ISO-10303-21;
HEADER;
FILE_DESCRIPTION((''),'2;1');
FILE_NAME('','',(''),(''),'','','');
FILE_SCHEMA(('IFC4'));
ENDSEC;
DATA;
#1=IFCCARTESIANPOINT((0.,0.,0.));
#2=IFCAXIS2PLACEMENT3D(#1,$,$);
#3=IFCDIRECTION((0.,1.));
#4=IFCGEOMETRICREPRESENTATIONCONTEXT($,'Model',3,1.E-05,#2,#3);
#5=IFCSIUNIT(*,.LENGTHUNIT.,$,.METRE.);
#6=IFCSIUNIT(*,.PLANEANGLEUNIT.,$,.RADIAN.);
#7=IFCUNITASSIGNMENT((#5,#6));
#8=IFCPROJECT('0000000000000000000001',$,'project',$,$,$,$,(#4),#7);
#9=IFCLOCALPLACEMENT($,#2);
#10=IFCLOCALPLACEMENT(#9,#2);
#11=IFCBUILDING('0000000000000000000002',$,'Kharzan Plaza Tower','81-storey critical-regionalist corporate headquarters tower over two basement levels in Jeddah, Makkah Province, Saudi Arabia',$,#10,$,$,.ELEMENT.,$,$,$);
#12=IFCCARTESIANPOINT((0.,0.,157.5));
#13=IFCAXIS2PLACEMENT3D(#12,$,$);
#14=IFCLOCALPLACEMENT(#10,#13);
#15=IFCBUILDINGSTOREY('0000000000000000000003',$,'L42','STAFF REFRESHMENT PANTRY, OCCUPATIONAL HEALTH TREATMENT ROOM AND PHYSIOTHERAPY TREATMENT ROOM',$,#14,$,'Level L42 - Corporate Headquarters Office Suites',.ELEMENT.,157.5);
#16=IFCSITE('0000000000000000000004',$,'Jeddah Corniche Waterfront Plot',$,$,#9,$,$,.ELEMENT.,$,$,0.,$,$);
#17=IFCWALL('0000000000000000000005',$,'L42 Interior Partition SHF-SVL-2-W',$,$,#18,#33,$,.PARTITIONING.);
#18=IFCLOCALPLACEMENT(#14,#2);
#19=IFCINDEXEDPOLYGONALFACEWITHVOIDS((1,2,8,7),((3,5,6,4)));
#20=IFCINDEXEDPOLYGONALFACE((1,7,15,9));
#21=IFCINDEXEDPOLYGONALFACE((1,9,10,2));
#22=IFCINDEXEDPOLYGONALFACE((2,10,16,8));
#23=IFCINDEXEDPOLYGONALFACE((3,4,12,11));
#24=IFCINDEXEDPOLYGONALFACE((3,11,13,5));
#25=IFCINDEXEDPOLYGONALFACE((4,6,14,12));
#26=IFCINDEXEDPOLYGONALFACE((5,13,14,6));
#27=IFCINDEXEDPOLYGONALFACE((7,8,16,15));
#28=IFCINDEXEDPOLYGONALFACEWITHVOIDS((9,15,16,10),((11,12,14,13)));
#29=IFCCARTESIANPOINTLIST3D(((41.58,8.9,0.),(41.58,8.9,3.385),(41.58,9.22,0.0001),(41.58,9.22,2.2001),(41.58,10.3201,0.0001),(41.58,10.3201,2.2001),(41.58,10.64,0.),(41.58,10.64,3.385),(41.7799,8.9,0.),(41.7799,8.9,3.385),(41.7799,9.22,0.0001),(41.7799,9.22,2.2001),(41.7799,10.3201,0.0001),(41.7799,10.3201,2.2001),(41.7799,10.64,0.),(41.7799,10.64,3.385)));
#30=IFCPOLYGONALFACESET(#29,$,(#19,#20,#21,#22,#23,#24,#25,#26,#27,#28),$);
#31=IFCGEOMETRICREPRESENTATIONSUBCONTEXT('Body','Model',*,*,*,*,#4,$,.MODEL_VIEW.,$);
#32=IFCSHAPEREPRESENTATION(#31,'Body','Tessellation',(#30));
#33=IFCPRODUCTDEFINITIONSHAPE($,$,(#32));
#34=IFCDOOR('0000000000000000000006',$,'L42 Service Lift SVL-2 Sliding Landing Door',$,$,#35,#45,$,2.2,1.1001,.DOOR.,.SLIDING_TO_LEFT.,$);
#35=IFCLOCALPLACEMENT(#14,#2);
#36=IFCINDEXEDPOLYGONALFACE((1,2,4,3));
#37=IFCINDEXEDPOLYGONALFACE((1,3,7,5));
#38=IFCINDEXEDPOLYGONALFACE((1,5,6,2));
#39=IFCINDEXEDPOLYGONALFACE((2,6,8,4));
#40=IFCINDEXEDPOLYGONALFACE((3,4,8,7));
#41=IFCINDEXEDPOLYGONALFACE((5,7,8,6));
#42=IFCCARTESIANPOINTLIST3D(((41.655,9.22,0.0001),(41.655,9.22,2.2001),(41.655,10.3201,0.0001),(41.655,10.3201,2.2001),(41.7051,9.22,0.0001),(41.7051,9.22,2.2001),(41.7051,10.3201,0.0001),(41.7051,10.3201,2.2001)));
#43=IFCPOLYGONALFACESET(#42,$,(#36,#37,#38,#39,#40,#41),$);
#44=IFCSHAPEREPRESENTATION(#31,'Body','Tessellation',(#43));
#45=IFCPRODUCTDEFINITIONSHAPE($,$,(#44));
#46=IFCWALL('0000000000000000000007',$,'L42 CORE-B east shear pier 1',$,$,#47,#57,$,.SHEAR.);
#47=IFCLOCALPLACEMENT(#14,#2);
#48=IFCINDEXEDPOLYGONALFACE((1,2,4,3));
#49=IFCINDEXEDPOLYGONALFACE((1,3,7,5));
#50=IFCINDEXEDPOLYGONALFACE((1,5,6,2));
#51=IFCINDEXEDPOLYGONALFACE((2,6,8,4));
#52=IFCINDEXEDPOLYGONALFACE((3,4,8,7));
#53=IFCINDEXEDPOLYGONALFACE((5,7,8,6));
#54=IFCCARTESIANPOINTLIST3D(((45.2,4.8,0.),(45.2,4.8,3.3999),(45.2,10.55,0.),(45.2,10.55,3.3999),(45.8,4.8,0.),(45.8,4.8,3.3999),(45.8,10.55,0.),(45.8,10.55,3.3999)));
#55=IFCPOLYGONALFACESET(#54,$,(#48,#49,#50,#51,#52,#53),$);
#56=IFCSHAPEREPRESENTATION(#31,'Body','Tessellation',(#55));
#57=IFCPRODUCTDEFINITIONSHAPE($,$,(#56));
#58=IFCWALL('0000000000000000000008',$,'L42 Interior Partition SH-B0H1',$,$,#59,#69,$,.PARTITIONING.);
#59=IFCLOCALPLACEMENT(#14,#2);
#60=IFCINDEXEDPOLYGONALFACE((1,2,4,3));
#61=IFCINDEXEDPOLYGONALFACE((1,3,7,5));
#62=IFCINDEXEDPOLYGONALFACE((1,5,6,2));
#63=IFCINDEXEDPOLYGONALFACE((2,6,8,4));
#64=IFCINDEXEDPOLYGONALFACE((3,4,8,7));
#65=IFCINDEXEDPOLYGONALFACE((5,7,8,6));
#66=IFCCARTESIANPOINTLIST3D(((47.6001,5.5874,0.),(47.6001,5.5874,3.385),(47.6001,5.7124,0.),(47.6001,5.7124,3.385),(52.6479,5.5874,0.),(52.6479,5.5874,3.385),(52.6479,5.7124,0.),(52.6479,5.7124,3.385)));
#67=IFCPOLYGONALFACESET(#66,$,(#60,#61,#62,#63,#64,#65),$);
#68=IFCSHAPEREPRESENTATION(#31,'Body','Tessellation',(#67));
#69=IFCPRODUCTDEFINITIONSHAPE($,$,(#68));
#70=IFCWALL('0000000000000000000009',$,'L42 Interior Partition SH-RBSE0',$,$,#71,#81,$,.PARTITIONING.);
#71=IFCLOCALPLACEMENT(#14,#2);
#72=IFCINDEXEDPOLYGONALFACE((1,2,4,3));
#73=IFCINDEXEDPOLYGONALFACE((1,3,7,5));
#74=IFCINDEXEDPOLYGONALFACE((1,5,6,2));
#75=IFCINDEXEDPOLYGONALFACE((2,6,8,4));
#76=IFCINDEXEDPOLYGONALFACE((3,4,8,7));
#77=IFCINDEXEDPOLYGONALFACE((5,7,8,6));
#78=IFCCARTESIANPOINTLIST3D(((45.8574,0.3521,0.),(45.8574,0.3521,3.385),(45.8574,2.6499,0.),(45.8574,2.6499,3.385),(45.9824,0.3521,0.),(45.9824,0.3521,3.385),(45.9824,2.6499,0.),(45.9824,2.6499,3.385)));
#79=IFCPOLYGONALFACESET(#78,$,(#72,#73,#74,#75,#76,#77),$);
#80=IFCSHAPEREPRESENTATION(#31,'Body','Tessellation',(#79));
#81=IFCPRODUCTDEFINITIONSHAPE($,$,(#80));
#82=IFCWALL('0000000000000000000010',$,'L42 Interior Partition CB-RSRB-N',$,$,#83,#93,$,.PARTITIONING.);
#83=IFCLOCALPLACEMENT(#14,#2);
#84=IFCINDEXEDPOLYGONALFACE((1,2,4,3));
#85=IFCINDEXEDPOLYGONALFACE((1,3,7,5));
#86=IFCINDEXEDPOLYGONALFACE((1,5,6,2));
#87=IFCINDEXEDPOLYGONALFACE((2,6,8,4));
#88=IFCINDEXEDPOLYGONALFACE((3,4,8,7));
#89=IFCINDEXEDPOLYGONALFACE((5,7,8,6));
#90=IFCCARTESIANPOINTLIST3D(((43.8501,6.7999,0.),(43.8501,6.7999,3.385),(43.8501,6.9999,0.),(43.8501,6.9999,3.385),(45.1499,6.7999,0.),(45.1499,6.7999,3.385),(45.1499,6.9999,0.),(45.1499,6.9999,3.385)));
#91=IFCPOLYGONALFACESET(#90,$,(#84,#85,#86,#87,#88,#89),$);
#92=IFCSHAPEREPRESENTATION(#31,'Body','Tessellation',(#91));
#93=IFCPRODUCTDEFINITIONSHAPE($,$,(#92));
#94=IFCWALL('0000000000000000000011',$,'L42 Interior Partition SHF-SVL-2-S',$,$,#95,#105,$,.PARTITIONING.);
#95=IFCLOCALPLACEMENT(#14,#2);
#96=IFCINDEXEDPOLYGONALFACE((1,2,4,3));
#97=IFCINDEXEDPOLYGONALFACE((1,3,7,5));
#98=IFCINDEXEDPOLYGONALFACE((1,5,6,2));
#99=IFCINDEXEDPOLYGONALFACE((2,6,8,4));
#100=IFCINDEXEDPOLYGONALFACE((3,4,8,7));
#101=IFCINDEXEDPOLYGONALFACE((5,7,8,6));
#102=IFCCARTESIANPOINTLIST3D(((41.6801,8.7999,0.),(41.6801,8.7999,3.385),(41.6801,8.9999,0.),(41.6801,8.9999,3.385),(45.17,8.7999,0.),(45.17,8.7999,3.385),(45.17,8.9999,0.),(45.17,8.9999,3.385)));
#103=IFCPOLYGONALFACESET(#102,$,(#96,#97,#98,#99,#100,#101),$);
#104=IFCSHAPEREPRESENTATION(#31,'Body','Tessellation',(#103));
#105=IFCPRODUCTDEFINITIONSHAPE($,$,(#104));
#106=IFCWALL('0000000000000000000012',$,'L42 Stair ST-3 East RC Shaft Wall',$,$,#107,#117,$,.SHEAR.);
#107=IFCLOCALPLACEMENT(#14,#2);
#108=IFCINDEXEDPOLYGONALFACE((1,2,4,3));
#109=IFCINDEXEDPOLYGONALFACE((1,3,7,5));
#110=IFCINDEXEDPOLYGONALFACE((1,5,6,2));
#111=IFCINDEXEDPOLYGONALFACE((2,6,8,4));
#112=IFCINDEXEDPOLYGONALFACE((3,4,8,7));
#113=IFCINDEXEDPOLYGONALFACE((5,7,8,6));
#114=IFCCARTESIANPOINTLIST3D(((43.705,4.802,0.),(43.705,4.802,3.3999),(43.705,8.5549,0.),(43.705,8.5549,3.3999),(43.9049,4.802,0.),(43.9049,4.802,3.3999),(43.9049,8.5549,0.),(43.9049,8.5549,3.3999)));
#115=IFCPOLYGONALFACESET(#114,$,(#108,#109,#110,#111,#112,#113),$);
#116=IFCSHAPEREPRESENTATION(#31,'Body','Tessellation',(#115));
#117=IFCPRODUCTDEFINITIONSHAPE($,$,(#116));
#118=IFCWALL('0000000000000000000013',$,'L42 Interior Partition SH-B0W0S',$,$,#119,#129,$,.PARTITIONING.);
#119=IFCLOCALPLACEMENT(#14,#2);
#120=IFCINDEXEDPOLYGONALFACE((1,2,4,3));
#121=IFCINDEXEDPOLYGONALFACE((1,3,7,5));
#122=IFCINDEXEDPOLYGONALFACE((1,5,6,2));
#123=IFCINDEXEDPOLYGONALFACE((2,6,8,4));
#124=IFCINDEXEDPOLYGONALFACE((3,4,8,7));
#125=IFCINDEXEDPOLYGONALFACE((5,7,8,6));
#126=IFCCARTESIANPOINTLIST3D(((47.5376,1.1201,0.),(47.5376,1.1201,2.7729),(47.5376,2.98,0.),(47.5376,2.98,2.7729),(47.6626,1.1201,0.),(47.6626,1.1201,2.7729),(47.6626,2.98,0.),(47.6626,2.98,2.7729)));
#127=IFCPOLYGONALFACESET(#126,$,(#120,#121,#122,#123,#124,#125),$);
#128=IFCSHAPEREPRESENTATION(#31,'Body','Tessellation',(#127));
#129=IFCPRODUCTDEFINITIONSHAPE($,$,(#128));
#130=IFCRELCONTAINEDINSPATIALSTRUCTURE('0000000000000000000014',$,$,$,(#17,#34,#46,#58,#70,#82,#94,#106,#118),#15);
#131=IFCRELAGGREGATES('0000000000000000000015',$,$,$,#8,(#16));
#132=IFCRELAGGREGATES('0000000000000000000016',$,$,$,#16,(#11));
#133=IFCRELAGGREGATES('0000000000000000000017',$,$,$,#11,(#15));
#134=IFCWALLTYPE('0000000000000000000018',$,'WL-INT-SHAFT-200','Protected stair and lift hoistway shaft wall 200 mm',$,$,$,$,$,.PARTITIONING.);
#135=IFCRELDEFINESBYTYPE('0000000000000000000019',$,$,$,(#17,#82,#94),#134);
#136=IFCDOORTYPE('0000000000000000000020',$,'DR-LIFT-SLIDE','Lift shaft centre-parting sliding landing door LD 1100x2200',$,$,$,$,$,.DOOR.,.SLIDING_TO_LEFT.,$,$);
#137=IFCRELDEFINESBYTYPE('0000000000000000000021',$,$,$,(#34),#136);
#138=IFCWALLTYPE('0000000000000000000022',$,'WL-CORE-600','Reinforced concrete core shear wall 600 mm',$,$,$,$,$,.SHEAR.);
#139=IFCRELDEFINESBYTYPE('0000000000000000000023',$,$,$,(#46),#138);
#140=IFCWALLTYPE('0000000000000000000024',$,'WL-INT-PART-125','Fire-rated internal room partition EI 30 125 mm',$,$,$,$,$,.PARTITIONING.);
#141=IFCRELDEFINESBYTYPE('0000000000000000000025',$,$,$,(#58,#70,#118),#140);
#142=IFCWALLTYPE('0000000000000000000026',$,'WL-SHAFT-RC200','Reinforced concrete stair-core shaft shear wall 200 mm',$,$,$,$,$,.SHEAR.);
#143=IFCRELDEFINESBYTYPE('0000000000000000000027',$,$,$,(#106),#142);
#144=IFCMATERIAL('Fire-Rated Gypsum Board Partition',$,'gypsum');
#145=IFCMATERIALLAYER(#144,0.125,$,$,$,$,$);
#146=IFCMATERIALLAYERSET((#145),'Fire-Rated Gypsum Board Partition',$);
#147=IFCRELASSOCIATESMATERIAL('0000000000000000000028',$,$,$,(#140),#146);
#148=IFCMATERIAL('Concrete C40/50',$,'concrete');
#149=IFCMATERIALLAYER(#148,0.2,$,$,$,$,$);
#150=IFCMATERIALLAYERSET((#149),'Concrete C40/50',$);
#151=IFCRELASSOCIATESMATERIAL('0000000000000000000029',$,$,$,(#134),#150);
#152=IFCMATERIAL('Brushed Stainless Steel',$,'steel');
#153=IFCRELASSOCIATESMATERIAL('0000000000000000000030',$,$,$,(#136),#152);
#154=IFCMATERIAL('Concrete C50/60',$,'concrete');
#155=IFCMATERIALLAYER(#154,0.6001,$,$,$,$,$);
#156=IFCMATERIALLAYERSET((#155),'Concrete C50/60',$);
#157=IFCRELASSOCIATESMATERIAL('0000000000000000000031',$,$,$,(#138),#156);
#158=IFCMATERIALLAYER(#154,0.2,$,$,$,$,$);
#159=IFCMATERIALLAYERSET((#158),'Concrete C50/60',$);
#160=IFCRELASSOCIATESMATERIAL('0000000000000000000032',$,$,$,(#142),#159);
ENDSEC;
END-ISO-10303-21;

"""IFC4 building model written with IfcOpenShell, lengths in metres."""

from ifc_helpers import new_model, si_unit, direction, frame, frame_2d, origin, place, context, subcontext, project, spatial, rectangle, extrude, source, transform, mapped, material, layer, layer_set, type_object, element, fill, save


model = new_model("IFC4")

# Units and contexts
model_context = context("Model", 3, precision=1e-05, world=origin(), true_north=direction((0.0, 1.0)))
body_context = subcontext(model_context, "Body", "Model", "MODEL_VIEW")
ifc_project = project(units=[si_unit("LENGTHUNIT", "METRE"), si_unit("PLANEANGLEUNIT", "RADIAN")], contexts=[model_context])

# Site, building, storey
site_placement = place(None, origin())
site = spatial("IfcSite", under=ifc_project, at=site_placement, Name="Jeddah Corniche Waterfront Plot", CompositionType="ELEMENT", RefElevation=0.0)
building_placement = place(site_placement, origin())
building = spatial("IfcBuilding", under=site, at=building_placement, Name="Kharzan Plaza Tower", Description="81-storey critical-regionalist corporate headquarters tower over two basement levels in Jeddah, Makkah Province, Saudi Arabia", CompositionType="ELEMENT")
storey_placement = place(building_placement, frame((0.0, 0.0, 157.5)))
storey = spatial("IfcBuildingStorey", under=building, at=storey_placement, Name="L42", Description="STAFF REFRESHMENT PANTRY, OCCUPATIONAL HEALTH TREATMENT ROOM AND PHYSIOTHERAPY TREATMENT ROOM", LongName="Level L42 - Corporate Headquarters Office Suites", CompositionType="ELEMENT", Elevation=157.5)

# Shared definitions
ifc_material_1 = material(Name="Concrete C50/60", Category="concrete")

# Wall, opening, door
ifc_material_2 = material(Name="Fire-Rated Gypsum Board Partition", Category="gypsum")
ifc_layer_1 = layer(ifc_material_2, 0.125)
ifc_layer_set_1 = layer_set([ifc_layer_1], Name="Fire-Rated Gypsum Board Partition")
wall_type_1 = type_object("IfcWallType", Name="WL-INT-PART-125", Description="Fire-rated internal room partition EI 30 125 mm", PredefinedType="PARTITIONING", material=ifc_layer_set_1)
ifc_material_3 = material(Name="Concrete C40/50", Category="concrete")
ifc_layer_2 = layer(ifc_material_3, 0.2)
ifc_layer_set_2 = layer_set([ifc_layer_2], Name="Concrete C40/50")
wall_type_2 = type_object("IfcWallType", Name="WL-INT-SHAFT-200", Description="Protected stair and lift hoistway shaft wall 200 mm", PredefinedType="PARTITIONING", material=ifc_layer_set_2)
wall_1_placement = place(storey_placement, frame((41.6799, 8.8999, 0.0), z_axis=(0.0, 0.0, 1.0), x_axis=(0.0, 1.0, 0.0)))
wall_1 = element("IfcWall", 1, at=wall_1_placement, inside=storey, type_object=wall_type_2, Name="L42 Interior Partition SHF-SVL-2-W", PredefinedType="PARTITIONING", context=body_context, shape_type="SweptSolid", body=[
    extrude(rectangle(XDim=1.74, YDim=0.2, at=frame_2d((0.8701, 0.0))), origin(), (0.0, 0.0, 1.0), 3.385),
])
opening_1_placement = place(wall_1_placement, frame((0.3201, 0.0, 0.0)))
opening_1 = element("IfcOpeningElement", 2, at=opening_1_placement, cuts=wall_1, PredefinedType="OPENING", context=body_context, shape_type="SweptSolid", body=[
    extrude(rectangle(XDim=1.1001, YDim=2.2, at=frame_2d((0.55, 1.1001))), frame((0.0, 0.1099, 0.0), z_axis=(0.0, -1.0, 0.0), x_axis=(1.0, 0.0, 0.0)), (0.0, 0.0, 1.0), 0.22),
])
ifc_material_4 = material(Name="Brushed Stainless Steel", Category="steel")
door_type_1 = type_object("IfcDoorType", Name="DR-LIFT-SLIDE", Description="Lift shaft centre-parting sliding landing door LD 1100x2200", OperationType="SLIDING_TO_LEFT", PredefinedType="DOOR", material=ifc_material_4)
shared_shape_1 = source(origin(), body_context, "Body", "SweptSolid", [
    extrude(rectangle(XDim=1.1001, YDim=2.2, at=frame_2d((0.55, 1.1001))), frame((0.0, 0.0249, 0.0), z_axis=(0.0, -1.0, 0.0), x_axis=(1.0, 0.0, 0.0)), (0.0, 0.0, 1.0), 0.05),
])
door_1_placement = place(opening_1_placement, origin())
door_1 = element("IfcDoor", 3, at=door_1_placement, inside=storey, type_object=door_type_1, Name="L42 Service Lift SVL-2 Sliding Landing Door", OperationType="SLIDING_TO_LEFT", OverallHeight=2.2, OverallWidth=1.1001, PredefinedType="DOOR", context=body_context, shape_type="MappedRepresentation", body=[
    mapped(shared_shape_1, transform((0.0, 0.0, 0.0), x_axis=(1.0, 0.0, 0.0), y_axis=(0.0, 1.0, 0.0), z_axis=(0.0, 0.0, 1.0))),
])
fill(opening_1, door_1)

# Walls
ifc_layer_3 = layer(ifc_material_1, 0.6001)
ifc_layer_set_3 = layer_set([ifc_layer_3], Name="Concrete C50/60")
wall_type_3 = type_object("IfcWallType", Name="WL-CORE-600", Description="Reinforced concrete core shear wall 600 mm", PredefinedType="SHEAR", material=ifc_layer_set_3)
shared_shape_2 = source(origin(), body_context, "Body", "SweptSolid", [
    extrude(rectangle(XDim=5.75, YDim=0.6001, at=frame_2d((2.875, 0.0))), origin(), (0.0, 0.0, 1.0), 3.3999),
])
wall_2_placement = place(storey_placement, frame((45.5, 4.8, 0.0), z_axis=(0.0, 0.0, 1.0), x_axis=(0.0, 1.0, 0.0)))
element("IfcWall", 4, at=wall_2_placement, inside=storey, type_object=wall_type_3, Name="L42 CORE-B east shear pier 1", PredefinedType="SHEAR", context=body_context, shape_type="MappedRepresentation", body=[
    mapped(shared_shape_2, transform((0.0, 0.0, 0.0), x_axis=(1.0, 0.0, 0.0), y_axis=(0.0, 1.0, 0.0), z_axis=(0.0, 0.0, 1.0))),
])
shared_shape_3 = source(origin(), body_context, "Body", "SweptSolid", [
    extrude(rectangle(XDim=5.0479, YDim=0.125, at=frame_2d((2.5239, 0.0))), origin(), (0.0, 0.0, 1.0), 3.385),
])
wall_3_placement = place(storey_placement, frame((47.6001, 5.6499, 0.0), z_axis=(0.0, 0.0, 1.0), x_axis=(1.0, 0.0, 0.0)))
element("IfcWall", 5, at=wall_3_placement, inside=storey, type_object=wall_type_1, Name="L42 Interior Partition SH-B0H1", PredefinedType="PARTITIONING", context=body_context, shape_type="MappedRepresentation", body=[
    mapped(shared_shape_3, transform((0.0, 0.0, 0.0), x_axis=(1.0, 0.0, 0.0), y_axis=(0.0, 1.0, 0.0), z_axis=(0.0, 0.0, 1.0))),
])
shared_shape_4 = source(origin(), body_context, "Body", "SweptSolid", [
    extrude(rectangle(XDim=2.2979, YDim=0.125, at=frame_2d((1.1489, 0.0))), origin(), (0.0, 0.0, 1.0), 3.385),
])
wall_4_placement = place(storey_placement, frame((45.9199, 0.3521, 0.0), z_axis=(0.0, 0.0, 1.0), x_axis=(0.0, 1.0, 0.0)))
element("IfcWall", 6, at=wall_4_placement, inside=storey, type_object=wall_type_1, Name="L42 Interior Partition SH-RBSE0", PredefinedType="PARTITIONING", context=body_context, shape_type="MappedRepresentation", body=[
    mapped(shared_shape_4, transform((0.0, 0.0, 0.0), x_axis=(1.0, 0.0, 0.0), y_axis=(0.0, 1.0, 0.0), z_axis=(0.0, 0.0, 1.0))),
])
shared_shape_5 = source(origin(), body_context, "Body", "SweptSolid", [
    extrude(rectangle(XDim=1.2998, YDim=0.2, at=frame_2d((0.6499, 0.0))), origin(), (0.0, 0.0, 1.0), 3.385),
])
wall_5_placement = place(storey_placement, frame((43.8501, 6.8999, 0.0), z_axis=(0.0, 0.0, 1.0), x_axis=(1.0, 0.0, 0.0)))
element("IfcWall", 7, at=wall_5_placement, inside=storey, type_object=wall_type_2, Name="L42 Interior Partition CB-RSRB-N", PredefinedType="PARTITIONING", context=body_context, shape_type="MappedRepresentation", body=[
    mapped(shared_shape_5, transform((0.0, 0.0, 0.0), x_axis=(1.0, 0.0, 0.0), y_axis=(0.0, 1.0, 0.0), z_axis=(0.0, 0.0, 1.0))),
])
shared_shape_6 = source(origin(), body_context, "Body", "SweptSolid", [
    extrude(rectangle(XDim=3.49, YDim=0.2, at=frame_2d((1.7451, 0.0))), origin(), (0.0, 0.0, 1.0), 3.385),
])
wall_6_placement = place(storey_placement, frame((41.6799, 8.8999, 0.0), z_axis=(0.0, 0.0, 1.0), x_axis=(1.0, 0.0, 0.0)))
element("IfcWall", 8, at=wall_6_placement, inside=storey, type_object=wall_type_2, Name="L42 Interior Partition SHF-SVL-2-S", PredefinedType="PARTITIONING", context=body_context, shape_type="MappedRepresentation", body=[
    mapped(shared_shape_6, transform((0.0, 0.0, 0.0), x_axis=(1.0, 0.0, 0.0), y_axis=(0.0, 1.0, 0.0), z_axis=(0.0, 0.0, 1.0))),
])
ifc_layer_4 = layer(ifc_material_1, 0.2)
ifc_layer_set_4 = layer_set([ifc_layer_4], Name="Concrete C50/60")
wall_type_4 = type_object("IfcWallType", Name="WL-SHAFT-RC200", Description="Reinforced concrete stair-core shaft shear wall 200 mm", PredefinedType="SHEAR", material=ifc_layer_set_4)
shared_shape_7 = source(origin(), body_context, "Body", "SweptSolid", [
    extrude(rectangle(XDim=3.7529, YDim=0.2, at=frame_2d((1.8765, 0.0))), origin(), (0.0, 0.0, 1.0), 3.3999),
])
wall_7_placement = place(storey_placement, frame((43.8049, 4.802, 0.0), z_axis=(0.0, 0.0, 1.0), x_axis=(0.0, 1.0, 0.0)))
element("IfcWall", 9, at=wall_7_placement, inside=storey, type_object=wall_type_4, Name="L42 Stair ST-3 East RC Shaft Wall", PredefinedType="SHEAR", context=body_context, shape_type="MappedRepresentation", body=[
    mapped(shared_shape_7, transform((0.0, 0.0, 0.0), x_axis=(1.0, 0.0, 0.0), y_axis=(0.0, 1.0, 0.0), z_axis=(0.0, 0.0, 1.0))),
])
shared_shape_8 = source(origin(), body_context, "Body", "SweptSolid", [
    extrude(rectangle(XDim=1.8599, YDim=0.125, at=frame_2d((0.9299, 0.0))), origin(), (0.0, 0.0, 1.0), 2.7729),
])
wall_8_placement = place(storey_placement, frame((47.6001, 1.1201, 0.0), z_axis=(0.0, 0.0, 1.0), x_axis=(0.0, 1.0, 0.0)))
element("IfcWall", 10, at=wall_8_placement, inside=storey, type_object=wall_type_1, Name="L42 Interior Partition SH-B0W0S", PredefinedType="PARTITIONING", context=body_context, shape_type="MappedRepresentation", body=[
    mapped(shared_shape_8, transform((0.0, 0.0, 0.0), x_axis=(1.0, 0.0, 0.0), y_axis=(0.0, 1.0, 0.0), z_axis=(0.0, 0.0, 1.0))),
])

save(model, "model.ifc")
